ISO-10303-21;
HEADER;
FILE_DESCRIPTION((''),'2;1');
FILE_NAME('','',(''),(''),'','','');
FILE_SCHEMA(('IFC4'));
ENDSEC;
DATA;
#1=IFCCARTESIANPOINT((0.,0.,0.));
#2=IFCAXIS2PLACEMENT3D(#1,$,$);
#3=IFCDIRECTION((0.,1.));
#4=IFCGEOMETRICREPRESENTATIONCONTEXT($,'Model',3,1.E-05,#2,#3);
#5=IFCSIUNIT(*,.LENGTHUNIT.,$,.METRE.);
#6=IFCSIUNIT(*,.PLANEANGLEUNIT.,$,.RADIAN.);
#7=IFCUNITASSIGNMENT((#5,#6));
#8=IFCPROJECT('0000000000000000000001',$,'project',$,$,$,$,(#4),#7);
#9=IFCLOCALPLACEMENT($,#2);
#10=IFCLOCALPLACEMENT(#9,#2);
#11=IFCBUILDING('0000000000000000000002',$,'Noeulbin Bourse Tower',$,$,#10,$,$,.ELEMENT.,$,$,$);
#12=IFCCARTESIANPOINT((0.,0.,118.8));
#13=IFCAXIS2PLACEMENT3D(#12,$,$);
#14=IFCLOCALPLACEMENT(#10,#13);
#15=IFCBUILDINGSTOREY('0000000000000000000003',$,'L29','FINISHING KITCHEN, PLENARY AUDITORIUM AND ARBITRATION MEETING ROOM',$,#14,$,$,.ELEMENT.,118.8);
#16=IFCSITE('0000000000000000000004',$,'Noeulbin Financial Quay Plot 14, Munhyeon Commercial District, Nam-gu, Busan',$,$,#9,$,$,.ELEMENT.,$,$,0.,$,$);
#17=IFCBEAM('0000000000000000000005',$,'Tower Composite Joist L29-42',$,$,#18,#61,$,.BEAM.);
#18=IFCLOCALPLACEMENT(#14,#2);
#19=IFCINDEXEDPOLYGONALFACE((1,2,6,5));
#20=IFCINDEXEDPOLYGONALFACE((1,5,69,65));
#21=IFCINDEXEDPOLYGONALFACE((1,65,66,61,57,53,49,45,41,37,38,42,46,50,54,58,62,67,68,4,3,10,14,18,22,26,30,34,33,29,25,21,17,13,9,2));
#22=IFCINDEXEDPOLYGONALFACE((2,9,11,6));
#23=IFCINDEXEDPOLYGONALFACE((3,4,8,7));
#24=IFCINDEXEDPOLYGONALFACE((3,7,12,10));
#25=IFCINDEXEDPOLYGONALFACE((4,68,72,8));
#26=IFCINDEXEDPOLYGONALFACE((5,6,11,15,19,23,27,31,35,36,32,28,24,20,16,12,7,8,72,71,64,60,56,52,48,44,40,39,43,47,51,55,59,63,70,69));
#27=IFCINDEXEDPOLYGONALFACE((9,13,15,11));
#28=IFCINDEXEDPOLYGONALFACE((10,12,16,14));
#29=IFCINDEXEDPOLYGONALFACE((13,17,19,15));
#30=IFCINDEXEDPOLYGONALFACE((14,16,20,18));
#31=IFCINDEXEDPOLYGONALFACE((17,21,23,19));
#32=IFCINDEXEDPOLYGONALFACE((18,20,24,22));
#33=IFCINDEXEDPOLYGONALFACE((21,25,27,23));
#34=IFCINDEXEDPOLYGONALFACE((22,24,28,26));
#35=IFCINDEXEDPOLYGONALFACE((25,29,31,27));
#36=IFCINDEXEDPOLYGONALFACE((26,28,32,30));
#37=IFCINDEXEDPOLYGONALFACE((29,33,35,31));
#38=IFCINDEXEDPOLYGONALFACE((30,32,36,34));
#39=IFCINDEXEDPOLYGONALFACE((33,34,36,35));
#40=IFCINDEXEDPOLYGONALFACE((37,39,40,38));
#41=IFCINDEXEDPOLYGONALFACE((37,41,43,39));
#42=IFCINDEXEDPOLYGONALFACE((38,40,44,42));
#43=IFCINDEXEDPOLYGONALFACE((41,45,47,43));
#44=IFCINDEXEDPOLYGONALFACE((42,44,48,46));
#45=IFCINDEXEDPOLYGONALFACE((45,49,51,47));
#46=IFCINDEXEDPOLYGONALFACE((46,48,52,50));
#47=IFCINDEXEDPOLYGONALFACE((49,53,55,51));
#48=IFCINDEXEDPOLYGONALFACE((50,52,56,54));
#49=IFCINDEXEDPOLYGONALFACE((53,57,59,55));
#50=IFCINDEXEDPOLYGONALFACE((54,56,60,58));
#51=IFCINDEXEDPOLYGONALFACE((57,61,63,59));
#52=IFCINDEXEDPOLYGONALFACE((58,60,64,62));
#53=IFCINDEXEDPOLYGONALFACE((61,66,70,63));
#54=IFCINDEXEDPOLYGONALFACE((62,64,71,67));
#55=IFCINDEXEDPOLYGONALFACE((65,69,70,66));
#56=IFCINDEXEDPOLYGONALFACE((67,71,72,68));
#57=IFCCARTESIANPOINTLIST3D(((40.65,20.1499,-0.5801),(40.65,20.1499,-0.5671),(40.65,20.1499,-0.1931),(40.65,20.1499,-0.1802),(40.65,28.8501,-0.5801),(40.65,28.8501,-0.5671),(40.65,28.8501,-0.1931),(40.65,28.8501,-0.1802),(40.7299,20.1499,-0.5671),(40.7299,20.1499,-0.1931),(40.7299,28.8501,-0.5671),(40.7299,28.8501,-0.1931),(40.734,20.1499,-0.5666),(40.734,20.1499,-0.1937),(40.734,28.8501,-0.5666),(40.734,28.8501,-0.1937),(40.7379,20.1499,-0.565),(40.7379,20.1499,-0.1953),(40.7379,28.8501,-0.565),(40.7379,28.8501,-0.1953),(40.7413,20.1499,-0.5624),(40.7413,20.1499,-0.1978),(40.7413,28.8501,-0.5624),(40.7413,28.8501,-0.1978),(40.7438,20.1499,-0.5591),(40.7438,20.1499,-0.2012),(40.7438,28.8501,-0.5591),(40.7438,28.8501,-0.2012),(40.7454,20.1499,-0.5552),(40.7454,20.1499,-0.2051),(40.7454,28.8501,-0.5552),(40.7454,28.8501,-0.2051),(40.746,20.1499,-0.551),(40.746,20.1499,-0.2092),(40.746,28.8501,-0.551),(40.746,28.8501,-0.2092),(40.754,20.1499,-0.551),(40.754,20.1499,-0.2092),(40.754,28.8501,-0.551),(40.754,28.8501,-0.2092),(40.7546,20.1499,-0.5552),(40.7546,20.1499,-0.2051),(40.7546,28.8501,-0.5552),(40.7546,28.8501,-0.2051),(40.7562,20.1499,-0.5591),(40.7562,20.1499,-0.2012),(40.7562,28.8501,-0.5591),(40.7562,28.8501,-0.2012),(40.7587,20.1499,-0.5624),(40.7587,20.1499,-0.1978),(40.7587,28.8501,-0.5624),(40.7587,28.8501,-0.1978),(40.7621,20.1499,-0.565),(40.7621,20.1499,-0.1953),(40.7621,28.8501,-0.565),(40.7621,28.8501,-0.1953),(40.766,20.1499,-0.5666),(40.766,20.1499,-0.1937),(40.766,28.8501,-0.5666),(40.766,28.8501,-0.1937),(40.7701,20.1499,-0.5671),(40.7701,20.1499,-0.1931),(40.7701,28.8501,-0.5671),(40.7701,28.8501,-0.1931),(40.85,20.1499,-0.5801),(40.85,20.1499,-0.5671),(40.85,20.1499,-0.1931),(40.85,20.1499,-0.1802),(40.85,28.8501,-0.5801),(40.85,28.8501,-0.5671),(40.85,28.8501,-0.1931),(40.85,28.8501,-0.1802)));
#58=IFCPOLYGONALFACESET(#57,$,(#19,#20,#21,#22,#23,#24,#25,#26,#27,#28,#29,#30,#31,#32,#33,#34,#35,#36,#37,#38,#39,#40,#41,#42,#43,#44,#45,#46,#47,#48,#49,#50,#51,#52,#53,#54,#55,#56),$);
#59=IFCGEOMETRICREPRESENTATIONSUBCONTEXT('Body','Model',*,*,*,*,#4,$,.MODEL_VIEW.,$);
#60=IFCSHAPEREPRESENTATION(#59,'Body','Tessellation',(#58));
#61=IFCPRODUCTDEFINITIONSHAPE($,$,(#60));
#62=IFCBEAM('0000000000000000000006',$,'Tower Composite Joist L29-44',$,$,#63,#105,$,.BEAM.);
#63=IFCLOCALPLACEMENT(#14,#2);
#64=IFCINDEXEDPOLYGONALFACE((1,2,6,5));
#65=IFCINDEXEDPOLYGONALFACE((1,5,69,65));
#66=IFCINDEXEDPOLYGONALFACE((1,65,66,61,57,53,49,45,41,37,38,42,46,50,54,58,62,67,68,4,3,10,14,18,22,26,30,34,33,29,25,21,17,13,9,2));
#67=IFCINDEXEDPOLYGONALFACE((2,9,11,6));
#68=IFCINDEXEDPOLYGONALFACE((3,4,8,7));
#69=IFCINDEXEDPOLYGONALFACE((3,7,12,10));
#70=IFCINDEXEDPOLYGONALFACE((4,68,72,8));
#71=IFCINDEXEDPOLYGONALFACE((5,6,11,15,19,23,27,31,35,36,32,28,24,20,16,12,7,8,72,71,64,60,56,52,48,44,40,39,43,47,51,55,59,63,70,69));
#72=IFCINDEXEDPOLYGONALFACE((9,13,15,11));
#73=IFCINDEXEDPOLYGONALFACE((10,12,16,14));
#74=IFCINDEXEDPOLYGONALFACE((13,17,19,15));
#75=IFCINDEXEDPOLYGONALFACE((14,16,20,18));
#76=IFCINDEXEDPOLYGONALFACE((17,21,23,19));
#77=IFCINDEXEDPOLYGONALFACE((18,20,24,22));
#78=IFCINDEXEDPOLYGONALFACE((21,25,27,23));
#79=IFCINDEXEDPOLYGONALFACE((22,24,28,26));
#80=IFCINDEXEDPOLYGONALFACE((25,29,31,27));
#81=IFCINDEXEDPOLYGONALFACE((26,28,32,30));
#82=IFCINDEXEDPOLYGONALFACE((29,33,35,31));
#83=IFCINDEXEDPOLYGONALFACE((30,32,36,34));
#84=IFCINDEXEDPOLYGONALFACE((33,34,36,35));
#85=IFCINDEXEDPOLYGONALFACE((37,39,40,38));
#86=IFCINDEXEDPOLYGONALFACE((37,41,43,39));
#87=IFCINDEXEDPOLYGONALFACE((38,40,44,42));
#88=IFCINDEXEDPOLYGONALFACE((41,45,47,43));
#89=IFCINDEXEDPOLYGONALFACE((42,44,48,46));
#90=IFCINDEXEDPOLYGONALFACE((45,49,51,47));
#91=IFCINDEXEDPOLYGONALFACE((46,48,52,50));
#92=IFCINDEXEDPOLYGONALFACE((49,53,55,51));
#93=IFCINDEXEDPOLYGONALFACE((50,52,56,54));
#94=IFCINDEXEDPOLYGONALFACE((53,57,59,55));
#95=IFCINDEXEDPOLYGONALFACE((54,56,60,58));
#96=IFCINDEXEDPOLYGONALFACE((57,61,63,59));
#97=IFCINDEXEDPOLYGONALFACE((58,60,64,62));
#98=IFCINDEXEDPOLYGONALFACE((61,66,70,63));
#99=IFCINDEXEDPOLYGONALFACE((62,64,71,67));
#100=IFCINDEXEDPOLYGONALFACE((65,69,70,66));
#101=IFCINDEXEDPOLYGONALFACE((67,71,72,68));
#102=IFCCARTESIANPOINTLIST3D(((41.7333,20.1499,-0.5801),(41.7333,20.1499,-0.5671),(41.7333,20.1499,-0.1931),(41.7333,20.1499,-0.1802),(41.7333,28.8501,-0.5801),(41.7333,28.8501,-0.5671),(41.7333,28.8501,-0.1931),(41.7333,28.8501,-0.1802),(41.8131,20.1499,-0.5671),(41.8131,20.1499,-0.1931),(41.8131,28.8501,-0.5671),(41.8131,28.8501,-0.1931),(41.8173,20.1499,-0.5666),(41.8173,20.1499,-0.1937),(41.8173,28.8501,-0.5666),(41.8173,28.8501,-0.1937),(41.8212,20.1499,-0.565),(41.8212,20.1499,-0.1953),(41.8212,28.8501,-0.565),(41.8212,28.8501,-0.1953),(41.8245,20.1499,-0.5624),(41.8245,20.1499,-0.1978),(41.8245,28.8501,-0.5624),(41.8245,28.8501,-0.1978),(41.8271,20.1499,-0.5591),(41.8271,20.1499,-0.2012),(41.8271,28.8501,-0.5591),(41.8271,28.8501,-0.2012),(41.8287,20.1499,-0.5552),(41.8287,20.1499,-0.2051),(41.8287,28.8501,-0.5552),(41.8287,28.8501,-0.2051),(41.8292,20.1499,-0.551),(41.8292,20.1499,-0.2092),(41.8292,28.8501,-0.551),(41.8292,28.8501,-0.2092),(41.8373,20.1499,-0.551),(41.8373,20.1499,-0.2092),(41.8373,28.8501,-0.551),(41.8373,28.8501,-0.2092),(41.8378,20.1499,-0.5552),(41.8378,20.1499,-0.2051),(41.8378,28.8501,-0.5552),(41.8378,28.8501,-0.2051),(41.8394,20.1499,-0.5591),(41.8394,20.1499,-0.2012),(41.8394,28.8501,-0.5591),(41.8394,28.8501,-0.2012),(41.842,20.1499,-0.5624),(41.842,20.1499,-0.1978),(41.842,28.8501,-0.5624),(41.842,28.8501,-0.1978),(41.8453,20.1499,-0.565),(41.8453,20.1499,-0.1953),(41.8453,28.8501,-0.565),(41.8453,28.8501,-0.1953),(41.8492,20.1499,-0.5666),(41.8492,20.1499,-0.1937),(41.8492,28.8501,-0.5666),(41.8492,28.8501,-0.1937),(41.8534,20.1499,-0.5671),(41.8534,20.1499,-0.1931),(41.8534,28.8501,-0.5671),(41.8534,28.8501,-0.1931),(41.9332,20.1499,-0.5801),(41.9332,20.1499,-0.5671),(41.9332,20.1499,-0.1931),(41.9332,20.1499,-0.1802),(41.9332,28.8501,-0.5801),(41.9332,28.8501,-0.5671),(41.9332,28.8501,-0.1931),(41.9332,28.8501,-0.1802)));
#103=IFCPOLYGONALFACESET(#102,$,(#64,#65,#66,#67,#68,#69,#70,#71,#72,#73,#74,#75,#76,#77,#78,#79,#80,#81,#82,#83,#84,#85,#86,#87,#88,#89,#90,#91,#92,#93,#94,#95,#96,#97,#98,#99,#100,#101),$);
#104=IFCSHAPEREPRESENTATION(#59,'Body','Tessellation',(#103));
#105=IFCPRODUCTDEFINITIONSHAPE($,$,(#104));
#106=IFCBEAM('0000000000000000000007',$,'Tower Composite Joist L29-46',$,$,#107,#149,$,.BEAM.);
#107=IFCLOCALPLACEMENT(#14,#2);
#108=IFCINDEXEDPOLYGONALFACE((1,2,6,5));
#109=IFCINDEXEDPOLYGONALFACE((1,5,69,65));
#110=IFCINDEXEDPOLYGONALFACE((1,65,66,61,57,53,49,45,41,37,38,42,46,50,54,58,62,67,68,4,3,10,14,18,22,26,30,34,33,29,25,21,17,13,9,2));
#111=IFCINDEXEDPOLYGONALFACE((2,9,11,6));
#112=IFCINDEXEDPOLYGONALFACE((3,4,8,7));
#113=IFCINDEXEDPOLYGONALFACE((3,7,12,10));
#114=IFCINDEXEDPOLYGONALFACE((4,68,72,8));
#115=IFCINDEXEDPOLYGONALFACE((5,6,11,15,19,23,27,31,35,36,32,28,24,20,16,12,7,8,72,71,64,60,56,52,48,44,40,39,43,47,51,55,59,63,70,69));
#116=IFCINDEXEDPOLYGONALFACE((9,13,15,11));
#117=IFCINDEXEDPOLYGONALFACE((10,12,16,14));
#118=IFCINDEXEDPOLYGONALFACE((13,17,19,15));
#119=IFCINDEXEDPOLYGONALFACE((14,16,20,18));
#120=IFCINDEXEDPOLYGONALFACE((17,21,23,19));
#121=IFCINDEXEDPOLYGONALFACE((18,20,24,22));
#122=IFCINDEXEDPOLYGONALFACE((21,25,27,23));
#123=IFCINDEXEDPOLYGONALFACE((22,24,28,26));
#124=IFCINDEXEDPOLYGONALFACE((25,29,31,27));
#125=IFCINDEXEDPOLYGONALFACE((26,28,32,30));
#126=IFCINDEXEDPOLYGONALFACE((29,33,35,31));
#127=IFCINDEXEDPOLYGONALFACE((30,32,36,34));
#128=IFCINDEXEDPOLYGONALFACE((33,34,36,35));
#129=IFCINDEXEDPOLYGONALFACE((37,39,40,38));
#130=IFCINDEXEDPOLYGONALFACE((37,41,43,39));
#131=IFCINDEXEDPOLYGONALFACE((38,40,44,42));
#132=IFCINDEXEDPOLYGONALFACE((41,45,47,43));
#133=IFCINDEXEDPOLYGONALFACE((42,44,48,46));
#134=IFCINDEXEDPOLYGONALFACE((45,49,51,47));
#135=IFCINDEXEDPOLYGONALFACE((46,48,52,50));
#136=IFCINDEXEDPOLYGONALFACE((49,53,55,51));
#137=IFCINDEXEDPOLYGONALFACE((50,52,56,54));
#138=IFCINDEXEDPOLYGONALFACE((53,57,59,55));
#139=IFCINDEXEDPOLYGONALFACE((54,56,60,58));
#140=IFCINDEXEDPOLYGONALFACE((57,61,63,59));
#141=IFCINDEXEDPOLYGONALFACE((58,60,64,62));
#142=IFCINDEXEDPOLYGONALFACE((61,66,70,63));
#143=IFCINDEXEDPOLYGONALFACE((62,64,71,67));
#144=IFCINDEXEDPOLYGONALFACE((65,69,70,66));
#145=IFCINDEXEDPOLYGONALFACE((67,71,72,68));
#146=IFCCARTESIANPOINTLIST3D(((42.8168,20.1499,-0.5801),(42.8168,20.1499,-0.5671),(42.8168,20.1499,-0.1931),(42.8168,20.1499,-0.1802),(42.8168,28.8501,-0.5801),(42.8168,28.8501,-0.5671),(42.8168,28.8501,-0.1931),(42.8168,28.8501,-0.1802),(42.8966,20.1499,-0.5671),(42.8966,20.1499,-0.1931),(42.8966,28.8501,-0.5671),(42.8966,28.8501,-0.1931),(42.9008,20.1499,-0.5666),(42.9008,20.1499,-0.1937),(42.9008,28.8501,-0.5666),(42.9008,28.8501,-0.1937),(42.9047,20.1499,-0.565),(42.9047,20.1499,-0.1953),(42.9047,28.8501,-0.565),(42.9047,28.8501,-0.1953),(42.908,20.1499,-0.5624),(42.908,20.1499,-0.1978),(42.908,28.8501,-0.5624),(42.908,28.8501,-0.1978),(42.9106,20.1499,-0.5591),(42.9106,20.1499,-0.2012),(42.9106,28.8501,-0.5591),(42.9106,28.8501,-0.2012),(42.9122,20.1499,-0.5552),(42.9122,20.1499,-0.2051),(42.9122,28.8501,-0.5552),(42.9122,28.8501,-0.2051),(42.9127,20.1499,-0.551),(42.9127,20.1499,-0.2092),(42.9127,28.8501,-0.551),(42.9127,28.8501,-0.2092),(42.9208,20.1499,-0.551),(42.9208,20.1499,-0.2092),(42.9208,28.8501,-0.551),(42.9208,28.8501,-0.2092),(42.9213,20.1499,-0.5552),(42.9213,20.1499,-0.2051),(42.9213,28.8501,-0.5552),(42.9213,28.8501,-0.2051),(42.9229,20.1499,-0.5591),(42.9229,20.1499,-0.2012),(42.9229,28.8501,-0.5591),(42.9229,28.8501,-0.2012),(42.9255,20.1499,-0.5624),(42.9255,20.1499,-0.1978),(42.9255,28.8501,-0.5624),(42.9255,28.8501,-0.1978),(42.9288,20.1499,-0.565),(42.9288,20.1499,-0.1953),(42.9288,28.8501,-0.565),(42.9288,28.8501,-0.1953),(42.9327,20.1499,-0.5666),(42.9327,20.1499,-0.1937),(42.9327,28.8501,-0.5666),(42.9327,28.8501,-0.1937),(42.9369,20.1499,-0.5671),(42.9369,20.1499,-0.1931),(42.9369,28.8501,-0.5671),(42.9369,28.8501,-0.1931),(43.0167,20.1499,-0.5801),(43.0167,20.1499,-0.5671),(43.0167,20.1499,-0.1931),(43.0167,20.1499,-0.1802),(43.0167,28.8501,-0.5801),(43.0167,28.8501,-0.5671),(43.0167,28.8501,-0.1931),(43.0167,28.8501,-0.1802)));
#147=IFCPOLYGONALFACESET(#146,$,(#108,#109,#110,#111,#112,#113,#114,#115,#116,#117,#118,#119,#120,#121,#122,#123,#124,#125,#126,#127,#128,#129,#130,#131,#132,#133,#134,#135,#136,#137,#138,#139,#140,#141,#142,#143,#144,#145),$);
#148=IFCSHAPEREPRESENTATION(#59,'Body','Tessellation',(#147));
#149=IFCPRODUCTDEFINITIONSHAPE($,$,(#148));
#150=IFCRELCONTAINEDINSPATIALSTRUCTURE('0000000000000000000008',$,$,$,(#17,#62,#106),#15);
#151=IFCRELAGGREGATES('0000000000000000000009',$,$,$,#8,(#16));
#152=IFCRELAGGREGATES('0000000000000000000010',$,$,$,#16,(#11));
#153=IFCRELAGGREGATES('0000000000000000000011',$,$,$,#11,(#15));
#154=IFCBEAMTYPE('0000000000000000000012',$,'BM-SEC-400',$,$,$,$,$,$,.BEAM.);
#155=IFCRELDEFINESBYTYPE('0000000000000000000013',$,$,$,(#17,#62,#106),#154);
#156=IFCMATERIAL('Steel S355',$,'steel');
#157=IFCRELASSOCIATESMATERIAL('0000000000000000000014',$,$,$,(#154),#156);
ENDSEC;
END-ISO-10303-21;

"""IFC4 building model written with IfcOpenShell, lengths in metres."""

from ifc_helpers import new_model, si_unit, direction, frame, origin, origin_2d, place, context, subcontext, project, spatial, i_section, extrude, material, material_profile, profile_set, type_object, element, save


model = new_model("IFC4")

# Units and contexts
model_context = context("Model", 3, precision=1e-05, world=origin(), true_north=direction((0.0, 1.0)))
body_context = subcontext(model_context, "Body", "Model", "MODEL_VIEW")
ifc_project = project(units=[si_unit("LENGTHUNIT", "METRE"), si_unit("PLANEANGLEUNIT", "RADIAN")], contexts=[model_context])

# Site, building, storey
site_placement = place(None, origin())
site = spatial("IfcSite", under=ifc_project, at=site_placement, Name="Noeulbin Financial Quay Plot 14, Munhyeon Commercial District, Nam-gu, Busan", CompositionType="ELEMENT", RefElevation=0.0)
building_placement = place(site_placement, origin())
building = spatial("IfcBuilding", under=site, at=building_placement, Name="Noeulbin Bourse Tower", CompositionType="ELEMENT")
storey_placement = place(building_placement, frame((0.0, 0.0, 118.8)))
storey = spatial("IfcBuildingStorey", under=building, at=storey_placement, Name="L29", Description="FINISHING KITCHEN, PLENARY AUDITORIUM AND ARBITRATION MEETING ROOM", CompositionType="ELEMENT", Elevation=118.8)

# Shared definitions
ifc_material_1 = material(Name="Steel S355", Category="steel")

# Beams
ifc_material_profile_1 = material_profile(ifc_material_1, i_section(OverallWidth=0.2, OverallDepth=0.3999, WebThickness=0.0081, FlangeThickness=0.0129, FilletRadius=0.0161, at=origin_2d()), Name="H-400x200x8x13", Category="LoadBearing")
ifc_profile_set_1 = profile_set([ifc_material_profile_1], Name="Steel S355")
beam_type_1 = type_object("IfcBeamType", Name="BM-SEC-400", PredefinedType="BEAM", material=ifc_profile_set_1)
for number, where, z_axis, x_axis, name in (
    (1, (40.75, 20.1499, -0.3801), (0.0, 1.0, 0.0), (-1.0, 0.0, 0.0), "Tower Composite Joist L29-42"),
    (2, (41.8333, 20.1499, -0.3801), (0.0, 1.0, 0.0), (-1.0, 0.0, 0.0), "Tower Composite Joist L29-44"),
    (3, (42.9167, 20.1499, -0.3801), (0.0, 1.0, 0.0), (-1.0, 0.0, 0.0), "Tower Composite Joist L29-46"),
):
    element("IfcBeam", number, at=place(storey_placement, frame(where, z_axis=z_axis, x_axis=x_axis)), inside=storey, type_object=beam_type_1, Name=name, PredefinedType="BEAM", context=body_context, shape_type="SweptSolid", body=[
        extrude(i_section(OverallWidth=0.2, OverallDepth=0.3999, WebThickness=0.0081, FlangeThickness=0.0129, FilletRadius=0.0161, at=origin_2d()), origin(), (0.0, 0.0, 1.0), 8.7002),
    ])

save(model, "model.ifc")
